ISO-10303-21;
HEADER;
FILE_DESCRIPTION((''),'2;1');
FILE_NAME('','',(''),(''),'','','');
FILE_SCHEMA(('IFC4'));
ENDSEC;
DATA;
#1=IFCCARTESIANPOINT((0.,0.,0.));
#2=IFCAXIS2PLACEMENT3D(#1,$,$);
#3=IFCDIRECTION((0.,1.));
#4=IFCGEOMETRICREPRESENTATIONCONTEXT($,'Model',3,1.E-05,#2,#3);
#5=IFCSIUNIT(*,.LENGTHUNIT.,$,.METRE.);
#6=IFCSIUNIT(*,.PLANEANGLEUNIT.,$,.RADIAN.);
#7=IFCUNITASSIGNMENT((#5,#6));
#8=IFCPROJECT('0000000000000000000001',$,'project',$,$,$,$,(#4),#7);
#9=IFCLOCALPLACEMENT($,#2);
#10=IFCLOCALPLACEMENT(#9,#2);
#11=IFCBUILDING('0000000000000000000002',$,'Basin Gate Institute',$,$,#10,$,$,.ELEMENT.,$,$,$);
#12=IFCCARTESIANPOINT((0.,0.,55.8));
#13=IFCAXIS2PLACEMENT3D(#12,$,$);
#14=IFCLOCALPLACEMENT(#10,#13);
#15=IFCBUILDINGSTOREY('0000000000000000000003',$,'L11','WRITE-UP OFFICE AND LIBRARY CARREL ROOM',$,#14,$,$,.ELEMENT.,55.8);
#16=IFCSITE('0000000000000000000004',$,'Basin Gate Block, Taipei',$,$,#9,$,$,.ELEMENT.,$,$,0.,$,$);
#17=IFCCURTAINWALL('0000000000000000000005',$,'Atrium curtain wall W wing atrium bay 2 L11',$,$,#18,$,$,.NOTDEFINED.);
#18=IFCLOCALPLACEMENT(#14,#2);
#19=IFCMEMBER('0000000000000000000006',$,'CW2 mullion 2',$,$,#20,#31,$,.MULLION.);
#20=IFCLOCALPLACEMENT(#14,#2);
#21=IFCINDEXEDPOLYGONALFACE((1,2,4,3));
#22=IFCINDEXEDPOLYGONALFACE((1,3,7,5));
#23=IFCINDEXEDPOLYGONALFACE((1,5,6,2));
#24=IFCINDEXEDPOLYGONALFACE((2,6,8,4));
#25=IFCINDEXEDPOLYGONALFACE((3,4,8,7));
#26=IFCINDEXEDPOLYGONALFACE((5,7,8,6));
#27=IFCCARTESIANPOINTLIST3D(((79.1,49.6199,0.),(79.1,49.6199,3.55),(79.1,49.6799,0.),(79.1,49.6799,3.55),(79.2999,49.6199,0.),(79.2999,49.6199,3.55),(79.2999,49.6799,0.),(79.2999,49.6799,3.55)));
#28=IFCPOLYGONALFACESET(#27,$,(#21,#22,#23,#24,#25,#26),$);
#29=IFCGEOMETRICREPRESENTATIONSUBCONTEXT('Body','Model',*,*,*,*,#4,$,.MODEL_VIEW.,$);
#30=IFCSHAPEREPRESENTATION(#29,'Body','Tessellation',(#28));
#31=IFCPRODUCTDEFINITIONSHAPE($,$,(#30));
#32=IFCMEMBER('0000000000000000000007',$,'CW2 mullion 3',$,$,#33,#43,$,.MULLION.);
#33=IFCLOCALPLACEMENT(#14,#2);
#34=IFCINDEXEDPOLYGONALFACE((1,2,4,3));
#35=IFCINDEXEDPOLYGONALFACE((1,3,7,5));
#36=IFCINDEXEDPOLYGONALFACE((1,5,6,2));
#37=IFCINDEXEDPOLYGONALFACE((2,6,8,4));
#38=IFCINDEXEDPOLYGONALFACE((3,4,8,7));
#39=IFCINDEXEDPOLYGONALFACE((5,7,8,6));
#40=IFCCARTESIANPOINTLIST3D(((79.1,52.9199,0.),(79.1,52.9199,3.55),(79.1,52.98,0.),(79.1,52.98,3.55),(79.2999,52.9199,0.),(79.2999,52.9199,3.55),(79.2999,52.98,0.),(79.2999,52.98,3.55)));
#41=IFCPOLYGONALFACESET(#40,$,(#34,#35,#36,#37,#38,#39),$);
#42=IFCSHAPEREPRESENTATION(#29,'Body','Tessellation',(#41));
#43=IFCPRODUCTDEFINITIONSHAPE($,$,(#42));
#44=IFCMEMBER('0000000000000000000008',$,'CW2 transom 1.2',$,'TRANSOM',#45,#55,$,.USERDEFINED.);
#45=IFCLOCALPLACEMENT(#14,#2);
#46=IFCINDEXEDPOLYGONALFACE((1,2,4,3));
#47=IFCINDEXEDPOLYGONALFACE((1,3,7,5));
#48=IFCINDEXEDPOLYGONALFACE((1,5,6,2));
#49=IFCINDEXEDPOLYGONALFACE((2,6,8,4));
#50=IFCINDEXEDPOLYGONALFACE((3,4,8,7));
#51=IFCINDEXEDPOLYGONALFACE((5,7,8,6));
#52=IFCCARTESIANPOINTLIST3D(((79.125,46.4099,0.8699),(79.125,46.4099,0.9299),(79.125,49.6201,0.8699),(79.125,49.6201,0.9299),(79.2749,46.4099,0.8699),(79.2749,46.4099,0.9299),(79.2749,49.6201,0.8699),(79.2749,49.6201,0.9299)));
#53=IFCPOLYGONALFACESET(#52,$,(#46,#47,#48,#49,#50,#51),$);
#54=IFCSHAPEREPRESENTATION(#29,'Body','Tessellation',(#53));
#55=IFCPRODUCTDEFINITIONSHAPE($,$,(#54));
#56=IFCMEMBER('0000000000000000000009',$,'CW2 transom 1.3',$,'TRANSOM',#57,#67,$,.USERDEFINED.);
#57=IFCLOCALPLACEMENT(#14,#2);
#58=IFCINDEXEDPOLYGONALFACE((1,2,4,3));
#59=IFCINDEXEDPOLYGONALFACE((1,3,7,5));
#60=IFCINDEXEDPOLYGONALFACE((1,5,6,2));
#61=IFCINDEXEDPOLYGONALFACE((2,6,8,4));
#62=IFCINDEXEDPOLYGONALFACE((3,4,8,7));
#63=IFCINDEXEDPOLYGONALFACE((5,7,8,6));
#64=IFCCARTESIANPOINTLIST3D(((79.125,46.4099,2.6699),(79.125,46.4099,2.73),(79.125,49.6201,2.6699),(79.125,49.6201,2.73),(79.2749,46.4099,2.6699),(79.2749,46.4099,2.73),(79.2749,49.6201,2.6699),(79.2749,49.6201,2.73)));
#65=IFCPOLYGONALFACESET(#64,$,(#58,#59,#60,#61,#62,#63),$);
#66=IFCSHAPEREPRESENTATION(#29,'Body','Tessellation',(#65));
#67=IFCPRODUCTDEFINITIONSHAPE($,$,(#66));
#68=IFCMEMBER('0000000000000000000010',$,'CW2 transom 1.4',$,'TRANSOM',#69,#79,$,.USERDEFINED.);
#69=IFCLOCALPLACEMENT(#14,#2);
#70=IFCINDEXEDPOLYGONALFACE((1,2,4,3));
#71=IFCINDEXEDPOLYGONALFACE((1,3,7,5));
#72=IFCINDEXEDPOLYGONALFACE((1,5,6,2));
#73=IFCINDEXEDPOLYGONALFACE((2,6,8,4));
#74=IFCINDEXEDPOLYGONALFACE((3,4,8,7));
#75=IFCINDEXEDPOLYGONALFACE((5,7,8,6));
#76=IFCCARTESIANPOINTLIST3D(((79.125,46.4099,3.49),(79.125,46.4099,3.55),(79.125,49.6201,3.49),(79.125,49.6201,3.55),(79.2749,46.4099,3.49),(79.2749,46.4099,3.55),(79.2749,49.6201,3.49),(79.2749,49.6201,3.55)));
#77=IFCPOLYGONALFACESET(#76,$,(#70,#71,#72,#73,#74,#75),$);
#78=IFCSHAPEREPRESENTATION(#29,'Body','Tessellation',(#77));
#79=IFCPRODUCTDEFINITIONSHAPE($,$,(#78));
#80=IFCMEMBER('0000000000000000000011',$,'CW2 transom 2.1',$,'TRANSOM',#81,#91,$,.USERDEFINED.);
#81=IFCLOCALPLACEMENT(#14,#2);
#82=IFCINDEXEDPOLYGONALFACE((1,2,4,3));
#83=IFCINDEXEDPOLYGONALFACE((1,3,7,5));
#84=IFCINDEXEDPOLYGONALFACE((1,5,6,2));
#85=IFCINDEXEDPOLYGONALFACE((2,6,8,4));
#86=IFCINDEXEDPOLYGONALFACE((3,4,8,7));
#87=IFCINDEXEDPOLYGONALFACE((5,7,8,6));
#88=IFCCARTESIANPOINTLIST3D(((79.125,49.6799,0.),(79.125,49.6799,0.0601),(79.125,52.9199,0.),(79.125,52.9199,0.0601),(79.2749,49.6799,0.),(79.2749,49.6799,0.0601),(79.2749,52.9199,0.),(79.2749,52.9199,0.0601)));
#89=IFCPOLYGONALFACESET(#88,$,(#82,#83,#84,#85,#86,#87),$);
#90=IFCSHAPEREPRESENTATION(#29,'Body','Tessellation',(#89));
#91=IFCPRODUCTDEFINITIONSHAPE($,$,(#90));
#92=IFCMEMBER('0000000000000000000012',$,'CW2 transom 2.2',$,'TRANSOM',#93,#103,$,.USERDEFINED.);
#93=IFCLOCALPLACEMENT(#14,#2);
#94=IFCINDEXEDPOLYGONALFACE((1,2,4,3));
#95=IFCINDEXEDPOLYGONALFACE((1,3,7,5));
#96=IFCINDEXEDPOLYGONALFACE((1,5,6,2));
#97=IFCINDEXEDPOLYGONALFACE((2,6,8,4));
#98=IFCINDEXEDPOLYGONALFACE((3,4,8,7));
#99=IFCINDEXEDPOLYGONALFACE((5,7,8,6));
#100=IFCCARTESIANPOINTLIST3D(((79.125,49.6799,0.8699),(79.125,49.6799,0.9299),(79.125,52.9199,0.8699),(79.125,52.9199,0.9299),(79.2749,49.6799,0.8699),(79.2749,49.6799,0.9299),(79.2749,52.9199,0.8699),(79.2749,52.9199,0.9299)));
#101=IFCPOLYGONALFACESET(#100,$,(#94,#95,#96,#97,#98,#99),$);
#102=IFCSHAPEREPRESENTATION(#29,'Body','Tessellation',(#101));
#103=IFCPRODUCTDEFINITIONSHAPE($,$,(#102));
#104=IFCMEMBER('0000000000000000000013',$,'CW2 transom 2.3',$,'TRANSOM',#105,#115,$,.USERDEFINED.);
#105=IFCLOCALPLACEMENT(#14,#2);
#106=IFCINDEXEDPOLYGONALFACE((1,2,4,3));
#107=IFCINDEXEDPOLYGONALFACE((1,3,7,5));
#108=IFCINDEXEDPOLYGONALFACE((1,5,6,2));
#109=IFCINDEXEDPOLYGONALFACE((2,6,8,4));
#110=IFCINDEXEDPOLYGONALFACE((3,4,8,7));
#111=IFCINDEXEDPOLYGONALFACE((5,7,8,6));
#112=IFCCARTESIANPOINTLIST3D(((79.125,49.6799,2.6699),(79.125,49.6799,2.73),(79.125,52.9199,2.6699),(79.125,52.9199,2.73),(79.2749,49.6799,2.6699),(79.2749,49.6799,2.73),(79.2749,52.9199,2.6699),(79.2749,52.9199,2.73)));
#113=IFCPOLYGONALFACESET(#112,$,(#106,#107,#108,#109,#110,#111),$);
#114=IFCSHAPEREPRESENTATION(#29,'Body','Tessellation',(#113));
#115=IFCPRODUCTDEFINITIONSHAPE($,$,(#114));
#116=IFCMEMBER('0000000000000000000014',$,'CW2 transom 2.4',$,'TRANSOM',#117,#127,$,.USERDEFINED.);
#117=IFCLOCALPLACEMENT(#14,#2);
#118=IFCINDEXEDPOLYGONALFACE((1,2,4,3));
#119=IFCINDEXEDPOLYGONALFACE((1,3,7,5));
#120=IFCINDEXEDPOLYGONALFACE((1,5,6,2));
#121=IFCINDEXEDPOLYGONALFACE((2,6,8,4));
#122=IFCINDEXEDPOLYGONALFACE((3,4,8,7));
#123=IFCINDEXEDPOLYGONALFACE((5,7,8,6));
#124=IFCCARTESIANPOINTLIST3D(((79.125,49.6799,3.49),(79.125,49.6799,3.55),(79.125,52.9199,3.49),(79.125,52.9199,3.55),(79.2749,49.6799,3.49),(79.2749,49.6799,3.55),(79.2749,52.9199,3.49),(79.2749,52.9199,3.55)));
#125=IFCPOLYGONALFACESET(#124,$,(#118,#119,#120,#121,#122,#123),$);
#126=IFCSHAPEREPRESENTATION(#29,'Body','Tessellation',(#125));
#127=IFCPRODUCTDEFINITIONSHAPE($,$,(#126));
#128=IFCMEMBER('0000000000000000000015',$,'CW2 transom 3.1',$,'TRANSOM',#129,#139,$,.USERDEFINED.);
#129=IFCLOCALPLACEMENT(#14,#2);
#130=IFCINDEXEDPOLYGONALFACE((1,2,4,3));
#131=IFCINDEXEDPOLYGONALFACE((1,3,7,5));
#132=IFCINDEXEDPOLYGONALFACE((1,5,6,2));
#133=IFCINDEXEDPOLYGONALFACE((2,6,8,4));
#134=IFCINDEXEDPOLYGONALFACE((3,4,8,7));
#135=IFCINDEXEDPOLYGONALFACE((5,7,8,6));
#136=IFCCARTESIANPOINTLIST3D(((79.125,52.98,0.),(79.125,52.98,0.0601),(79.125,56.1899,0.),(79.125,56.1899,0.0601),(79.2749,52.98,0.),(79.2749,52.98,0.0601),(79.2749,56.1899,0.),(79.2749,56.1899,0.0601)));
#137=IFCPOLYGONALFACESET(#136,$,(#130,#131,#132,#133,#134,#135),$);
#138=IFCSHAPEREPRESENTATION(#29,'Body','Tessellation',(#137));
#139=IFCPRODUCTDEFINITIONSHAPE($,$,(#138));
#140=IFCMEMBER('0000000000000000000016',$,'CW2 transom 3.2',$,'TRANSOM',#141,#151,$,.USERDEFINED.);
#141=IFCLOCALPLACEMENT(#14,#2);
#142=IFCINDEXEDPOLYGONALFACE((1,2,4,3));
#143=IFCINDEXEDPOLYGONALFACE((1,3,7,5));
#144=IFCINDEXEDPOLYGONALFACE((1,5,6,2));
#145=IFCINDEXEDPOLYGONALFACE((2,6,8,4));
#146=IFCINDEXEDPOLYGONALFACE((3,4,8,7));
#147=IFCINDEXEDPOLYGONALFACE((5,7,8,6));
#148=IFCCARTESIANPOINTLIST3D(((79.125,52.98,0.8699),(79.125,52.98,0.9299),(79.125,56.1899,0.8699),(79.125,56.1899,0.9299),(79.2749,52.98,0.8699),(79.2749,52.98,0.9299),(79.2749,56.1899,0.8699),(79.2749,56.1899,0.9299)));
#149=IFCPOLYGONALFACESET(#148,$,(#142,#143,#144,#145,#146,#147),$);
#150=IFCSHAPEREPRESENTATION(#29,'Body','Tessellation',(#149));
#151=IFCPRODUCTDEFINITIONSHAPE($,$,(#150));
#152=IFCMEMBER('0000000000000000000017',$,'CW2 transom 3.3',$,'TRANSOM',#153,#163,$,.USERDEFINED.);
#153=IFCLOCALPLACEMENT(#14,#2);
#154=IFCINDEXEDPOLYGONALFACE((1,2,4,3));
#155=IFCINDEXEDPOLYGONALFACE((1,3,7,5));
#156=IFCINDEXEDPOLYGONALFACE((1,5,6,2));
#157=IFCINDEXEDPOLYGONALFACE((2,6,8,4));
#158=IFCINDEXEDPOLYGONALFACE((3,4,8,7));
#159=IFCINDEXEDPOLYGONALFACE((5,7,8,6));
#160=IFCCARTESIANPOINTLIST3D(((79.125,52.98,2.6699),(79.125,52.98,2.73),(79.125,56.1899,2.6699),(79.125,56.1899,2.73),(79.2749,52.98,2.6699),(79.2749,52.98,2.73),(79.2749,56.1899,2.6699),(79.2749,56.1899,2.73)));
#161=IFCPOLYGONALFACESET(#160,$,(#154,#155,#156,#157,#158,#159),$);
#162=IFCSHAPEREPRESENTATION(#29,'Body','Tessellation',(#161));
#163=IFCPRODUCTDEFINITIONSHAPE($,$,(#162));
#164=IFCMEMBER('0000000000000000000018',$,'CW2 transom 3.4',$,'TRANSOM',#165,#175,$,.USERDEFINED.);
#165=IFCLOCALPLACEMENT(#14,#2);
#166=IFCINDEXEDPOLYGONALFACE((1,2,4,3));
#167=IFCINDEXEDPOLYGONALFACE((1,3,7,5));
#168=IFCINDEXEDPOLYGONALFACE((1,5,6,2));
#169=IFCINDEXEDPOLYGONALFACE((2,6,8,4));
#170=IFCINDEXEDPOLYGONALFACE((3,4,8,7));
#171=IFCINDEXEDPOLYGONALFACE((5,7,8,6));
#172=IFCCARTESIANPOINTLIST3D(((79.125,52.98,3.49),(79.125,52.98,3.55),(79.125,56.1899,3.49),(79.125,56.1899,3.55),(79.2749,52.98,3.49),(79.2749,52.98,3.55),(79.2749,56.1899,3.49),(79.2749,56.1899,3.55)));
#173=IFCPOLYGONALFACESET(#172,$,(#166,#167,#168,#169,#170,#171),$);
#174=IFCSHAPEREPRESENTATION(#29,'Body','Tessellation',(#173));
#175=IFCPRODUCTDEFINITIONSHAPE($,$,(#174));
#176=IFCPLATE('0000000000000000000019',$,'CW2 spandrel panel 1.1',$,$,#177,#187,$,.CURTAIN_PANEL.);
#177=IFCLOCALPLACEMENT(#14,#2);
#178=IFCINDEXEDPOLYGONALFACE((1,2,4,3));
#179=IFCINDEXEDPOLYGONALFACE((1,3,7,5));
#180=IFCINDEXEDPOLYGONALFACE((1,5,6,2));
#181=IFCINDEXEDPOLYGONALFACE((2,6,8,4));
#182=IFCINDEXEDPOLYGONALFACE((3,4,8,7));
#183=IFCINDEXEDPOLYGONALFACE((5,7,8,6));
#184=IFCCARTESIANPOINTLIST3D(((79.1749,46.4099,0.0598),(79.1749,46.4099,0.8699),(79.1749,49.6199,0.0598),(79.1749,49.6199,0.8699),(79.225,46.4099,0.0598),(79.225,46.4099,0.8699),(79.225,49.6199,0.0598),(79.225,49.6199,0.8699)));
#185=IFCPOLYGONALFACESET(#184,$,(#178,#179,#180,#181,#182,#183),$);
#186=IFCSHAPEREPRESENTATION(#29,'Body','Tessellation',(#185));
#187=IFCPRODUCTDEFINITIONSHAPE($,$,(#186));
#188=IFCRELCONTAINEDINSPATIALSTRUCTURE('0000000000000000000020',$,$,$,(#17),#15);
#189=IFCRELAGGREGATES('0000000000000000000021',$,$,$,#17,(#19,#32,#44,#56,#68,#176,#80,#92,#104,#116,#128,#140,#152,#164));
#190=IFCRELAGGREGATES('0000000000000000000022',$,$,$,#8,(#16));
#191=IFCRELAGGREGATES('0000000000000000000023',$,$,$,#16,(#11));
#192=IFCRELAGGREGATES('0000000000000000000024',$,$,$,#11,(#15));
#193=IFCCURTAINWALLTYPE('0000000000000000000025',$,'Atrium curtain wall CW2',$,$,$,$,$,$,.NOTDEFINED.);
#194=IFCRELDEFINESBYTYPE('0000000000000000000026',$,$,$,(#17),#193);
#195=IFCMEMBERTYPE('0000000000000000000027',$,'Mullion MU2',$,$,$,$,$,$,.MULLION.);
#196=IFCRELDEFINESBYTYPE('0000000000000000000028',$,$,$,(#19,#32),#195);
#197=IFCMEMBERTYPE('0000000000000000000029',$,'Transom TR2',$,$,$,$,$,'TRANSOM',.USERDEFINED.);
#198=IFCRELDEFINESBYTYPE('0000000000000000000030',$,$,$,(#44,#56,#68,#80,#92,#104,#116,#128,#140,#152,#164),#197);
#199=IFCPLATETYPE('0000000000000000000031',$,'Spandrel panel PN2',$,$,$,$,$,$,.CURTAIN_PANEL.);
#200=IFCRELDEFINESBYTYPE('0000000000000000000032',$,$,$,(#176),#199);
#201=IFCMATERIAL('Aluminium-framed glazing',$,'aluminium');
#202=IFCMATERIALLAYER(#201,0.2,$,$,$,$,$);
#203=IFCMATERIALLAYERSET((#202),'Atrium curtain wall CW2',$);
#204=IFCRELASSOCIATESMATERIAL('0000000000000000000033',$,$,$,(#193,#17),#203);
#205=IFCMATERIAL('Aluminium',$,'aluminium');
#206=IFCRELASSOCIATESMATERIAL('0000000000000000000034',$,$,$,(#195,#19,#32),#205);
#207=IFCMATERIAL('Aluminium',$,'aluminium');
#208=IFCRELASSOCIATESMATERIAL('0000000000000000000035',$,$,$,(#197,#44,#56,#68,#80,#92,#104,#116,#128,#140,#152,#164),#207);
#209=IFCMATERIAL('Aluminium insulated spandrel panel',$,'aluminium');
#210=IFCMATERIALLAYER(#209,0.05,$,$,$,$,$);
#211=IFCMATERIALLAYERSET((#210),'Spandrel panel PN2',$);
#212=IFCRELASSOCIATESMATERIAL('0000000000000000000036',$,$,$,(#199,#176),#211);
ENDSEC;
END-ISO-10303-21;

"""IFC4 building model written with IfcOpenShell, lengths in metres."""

from ifc_helpers import new_model, si_unit, direction, frame, origin, origin_2d, place, context, subcontext, project, spatial, rectangle, extrude, material, layer, layer_set, material_profile, profile_set, type_object, element, aggregate, save


model = new_model("IFC4")

# Units and contexts
model_context = context("Model", 3, precision=1e-05, world=origin(), true_north=direction((0.0, 1.0)))
body_context = subcontext(model_context, "Body", "Model", "MODEL_VIEW")
ifc_project = project(units=[si_unit("LENGTHUNIT", "METRE"), si_unit("PLANEANGLEUNIT", "RADIAN")], contexts=[model_context])

# Site, building, storey
site_placement = place(None, origin())
site = spatial("IfcSite", under=ifc_project, at=site_placement, Name="Basin Gate Block, Taipei", CompositionType="ELEMENT", RefElevation=0.0)
building_placement = place(site_placement, origin())
building = spatial("IfcBuilding", under=site, at=building_placement, Name="Basin Gate Institute", CompositionType="ELEMENT")
storey_placement = place(building_placement, frame((0.0, 0.0, 55.8)))
storey = spatial("IfcBuildingStorey", under=building, at=storey_placement, Name="L11", Description="WRITE-UP OFFICE AND LIBRARY CARREL ROOM", CompositionType="ELEMENT", Elevation=55.8)

# Curtain wall, members, plate
ifc_material_1 = material(Name="Aluminium-framed glazing", Category="aluminium")
ifc_layer_1 = layer(ifc_material_1, 0.2)
ifc_layer_set_1 = layer_set([ifc_layer_1], Name="Atrium curtain wall CW2")
curtain_wall_type = type_object("IfcCurtainWallType", Name="Atrium curtain wall CW2", PredefinedType="NOTDEFINED", material=ifc_layer_set_1)
curtain_wall_placement = place(storey_placement, origin())
curtain_wall = element("IfcCurtainWall", 1, at=curtain_wall_placement, inside=storey, type_object=curtain_wall_type, material=ifc_layer_set_1, Name="Atrium curtain wall W wing atrium bay 2 L11", PredefinedType="NOTDEFINED")
ifc_material_2 = material(Name="Aluminium", Category="aluminium")
ifc_material_profile_1 = material_profile(ifc_material_2, rectangle(XDim=0.2, YDim=0.0601, at=origin_2d()), Name="Mullion MU2 200 x 60")
ifc_profile_set_1 = profile_set([ifc_material_profile_1], Name="Aluminium")
member_type_1 = type_object("IfcMemberType", Name="Mullion MU2", PredefinedType="MULLION", material=ifc_profile_set_1)
member_1_placement = place(storey_placement, frame((79.2, 49.6499, 0.0), z_axis=(0.0, 0.0, 1.0), x_axis=(-1.0, 0.0, 0.0)))
member_1 = element("IfcMember", 2, at=member_1_placement, type_object=member_type_1, material=ifc_profile_set_1, Name="CW2 mullion 2", PredefinedType="MULLION", context=body_context, shape_type="SweptSolid", body=[
    extrude(rectangle(XDim=0.2, YDim=0.0601, at=origin_2d()), origin(), (0.0, 0.0, 1.0), 3.55),
])
member_2_placement = place(storey_placement, frame((79.2, 52.95, 0.0), z_axis=(0.0, 0.0, 1.0), x_axis=(-1.0, 0.0, 0.0)))
member_2 = element("IfcMember", 3, at=member_2_placement, type_object=member_type_1, material=ifc_profile_set_1, Name="CW2 mullion 3", PredefinedType="MULLION", context=body_context, shape_type="SweptSolid", body=[
    extrude(rectangle(XDim=0.2, YDim=0.0601, at=origin_2d()), origin(), (0.0, 0.0, 1.0), 3.55),
])
ifc_material_3 = material(Name="Aluminium", Category="aluminium")
ifc_material_profile_2 = material_profile(ifc_material_3, rectangle(XDim=0.1499, YDim=0.0601, at=origin_2d()), Name="Transom TR2 150 x 60")
ifc_profile_set_2 = profile_set([ifc_material_profile_2], Name="Aluminium")
member_type_2 = type_object("IfcMemberType", Name="Transom TR2", ElementType="TRANSOM", PredefinedType="USERDEFINED", material=ifc_profile_set_2)
member_3_placement = place(storey_placement, frame((79.2, 46.4099, 0.8999), z_axis=(0.0, 1.0, 0.0), x_axis=(-1.0, 0.0, 0.0)))
member_3 = element("IfcMember", 4, at=member_3_placement, type_object=member_type_2, material=ifc_profile_set_2, Name="CW2 transom 1.2", ObjectType="TRANSOM", PredefinedType="USERDEFINED", context=body_context, shape_type="SweptSolid", body=[
    extrude(rectangle(XDim=0.1499, YDim=0.0601, at=origin_2d()), origin(), (0.0, 0.0, 1.0), 3.2102),
])
member_4_placement = place(storey_placement, frame((79.2, 46.4099, 2.7), z_axis=(0.0, 1.0, 0.0), x_axis=(-1.0, 0.0, 0.0)))
member_4 = element("IfcMember", 5, at=member_4_placement, type_object=member_type_2, material=ifc_profile_set_2, Name="CW2 transom 1.3", ObjectType="TRANSOM", PredefinedType="USERDEFINED", context=body_context, shape_type="SweptSolid", body=[
    extrude(rectangle(XDim=0.1499, YDim=0.0601, at=origin_2d()), origin(), (0.0, 0.0, 1.0), 3.2102),
])
member_5_placement = place(storey_placement, frame((79.2, 46.4099, 3.52), z_axis=(0.0, 1.0, 0.0), x_axis=(-1.0, 0.0, 0.0)))
member_5 = element("IfcMember", 6, at=member_5_placement, type_object=member_type_2, material=ifc_profile_set_2, Name="CW2 transom 1.4", ObjectType="TRANSOM", PredefinedType="USERDEFINED", context=body_context, shape_type="SweptSolid", body=[
    extrude(rectangle(XDim=0.1499, YDim=0.0601, at=origin_2d()), origin(), (0.0, 0.0, 1.0), 3.2102),
])
member_6_placement = place(storey_placement, frame((79.2, 49.6799, 0.03), z_axis=(0.0, 1.0, 0.0), x_axis=(-1.0, 0.0, 0.0)))
member_6 = element("IfcMember", 7, at=member_6_placement, type_object=member_type_2, material=ifc_profile_set_2, Name="CW2 transom 2.1", ObjectType="TRANSOM", PredefinedType="USERDEFINED", context=body_context, shape_type="SweptSolid", body=[
    extrude(rectangle(XDim=0.1499, YDim=0.0601, at=origin_2d()), origin(), (0.0, 0.0, 1.0), 3.24),
])
member_7_placement = place(storey_placement, frame((79.2, 49.6799, 0.8999), z_axis=(0.0, 1.0, 0.0), x_axis=(-1.0, 0.0, 0.0)))
member_7 = element("IfcMember", 8, at=member_7_placement, type_object=member_type_2, material=ifc_profile_set_2, Name="CW2 transom 2.2", ObjectType="TRANSOM", PredefinedType="USERDEFINED", context=body_context, shape_type="SweptSolid", body=[
    extrude(rectangle(XDim=0.1499, YDim=0.0601, at=origin_2d()), origin(), (0.0, 0.0, 1.0), 3.24),
])
member_8_placement = place(storey_placement, frame((79.2, 49.6799, 2.7), z_axis=(0.0, 1.0, 0.0), x_axis=(-1.0, 0.0, 0.0)))
member_8 = element("IfcMember", 9, at=member_8_placement, type_object=member_type_2, material=ifc_profile_set_2, Name="CW2 transom 2.3", ObjectType="TRANSOM", PredefinedType="USERDEFINED", context=body_context, shape_type="SweptSolid", body=[
    extrude(rectangle(XDim=0.1499, YDim=0.0601, at=origin_2d()), origin(), (0.0, 0.0, 1.0), 3.24),
])
member_9_placement = place(storey_placement, frame((79.2, 49.6799, 3.52), z_axis=(0.0, 1.0, 0.0), x_axis=(-1.0, 0.0, 0.0)))
member_9 = element("IfcMember", 10, at=member_9_placement, type_object=member_type_2, material=ifc_profile_set_2, Name="CW2 transom 2.4", ObjectType="TRANSOM", PredefinedType="USERDEFINED", context=body_context, shape_type="SweptSolid", body=[
    extrude(rectangle(XDim=0.1499, YDim=0.0601, at=origin_2d()), origin(), (0.0, 0.0, 1.0), 3.24),
])
member_10_placement = place(storey_placement, frame((79.2, 52.98, 0.03), z_axis=(0.0, 1.0, 0.0), x_axis=(-1.0, 0.0, 0.0)))
member_10 = element("IfcMember", 11, at=member_10_placement, type_object=member_type_2, material=ifc_profile_set_2, Name="CW2 transom 3.1", ObjectType="TRANSOM", PredefinedType="USERDEFINED", context=body_context, shape_type="SweptSolid", body=[
    extrude(rectangle(XDim=0.1499, YDim=0.0601, at=origin_2d()), origin(), (0.0, 0.0, 1.0), 3.21),
])
member_11_placement = place(storey_placement, frame((79.2, 52.98, 0.8999), z_axis=(0.0, 1.0, 0.0), x_axis=(-1.0, 0.0, 0.0)))
member_11 = element("IfcMember", 12, at=member_11_placement, type_object=member_type_2, material=ifc_profile_set_2, Name="CW2 transom 3.2", ObjectType="TRANSOM", PredefinedType="USERDEFINED", context=body_context, shape_type="SweptSolid", body=[
    extrude(rectangle(XDim=0.1499, YDim=0.0601, at=origin_2d()), origin(), (0.0, 0.0, 1.0), 3.21),
])
member_12_placement = place(storey_placement, frame((79.2, 52.98, 2.7), z_axis=(0.0, 1.0, 0.0), x_axis=(-1.0, 0.0, 0.0)))
member_12 = element("IfcMember", 13, at=member_12_placement, type_object=member_type_2, material=ifc_profile_set_2, Name="CW2 transom 3.3", ObjectType="TRANSOM", PredefinedType="USERDEFINED", context=body_context, shape_type="SweptSolid", body=[
    extrude(rectangle(XDim=0.1499, YDim=0.0601, at=origin_2d()), origin(), (0.0, 0.0, 1.0), 3.21),
])
member_13_placement = place(storey_placement, frame((79.2, 52.98, 3.52), z_axis=(0.0, 1.0, 0.0), x_axis=(-1.0, 0.0, 0.0)))
member_13 = element("IfcMember", 14, at=member_13_placement, type_object=member_type_2, material=ifc_profile_set_2, Name="CW2 transom 3.4", ObjectType="TRANSOM", PredefinedType="USERDEFINED", context=body_context, shape_type="SweptSolid", body=[
    extrude(rectangle(XDim=0.1499, YDim=0.0601, at=origin_2d()), origin(), (0.0, 0.0, 1.0), 3.21),
])
ifc_material_4 = material(Name="Aluminium insulated spandrel panel", Category="aluminium")
ifc_layer_2 = layer(ifc_material_4, 0.05)
ifc_layer_set_2 = layer_set([ifc_layer_2], Name="Spandrel panel PN2")
plate_type_1 = type_object("IfcPlateType", Name="Spandrel panel PN2", PredefinedType="CURTAIN_PANEL", material=ifc_layer_set_2)
plate_1_placement = place(storey_placement, frame((79.2, 48.0149, 0.0598), z_axis=(0.0, 0.0, 1.0), x_axis=(0.0, 1.0, 0.0)))
plate_1 = element("IfcPlate", 15, at=plate_1_placement, type_object=plate_type_1, material=ifc_layer_set_2, Name="CW2 spandrel panel 1.1", PredefinedType="CURTAIN_PANEL", context=body_context, shape_type="SweptSolid", body=[
    extrude(rectangle(XDim=3.21, YDim=0.05, at=origin_2d()), origin(), (0.0, 0.0, 1.0), 0.8101),
])
aggregate(curtain_wall, [member_1, member_2, member_3, member_4, member_5, plate_1, member_6, member_7, member_8, member_9, member_10, member_11, member_12, member_13])

save(model, "model.ifc")
